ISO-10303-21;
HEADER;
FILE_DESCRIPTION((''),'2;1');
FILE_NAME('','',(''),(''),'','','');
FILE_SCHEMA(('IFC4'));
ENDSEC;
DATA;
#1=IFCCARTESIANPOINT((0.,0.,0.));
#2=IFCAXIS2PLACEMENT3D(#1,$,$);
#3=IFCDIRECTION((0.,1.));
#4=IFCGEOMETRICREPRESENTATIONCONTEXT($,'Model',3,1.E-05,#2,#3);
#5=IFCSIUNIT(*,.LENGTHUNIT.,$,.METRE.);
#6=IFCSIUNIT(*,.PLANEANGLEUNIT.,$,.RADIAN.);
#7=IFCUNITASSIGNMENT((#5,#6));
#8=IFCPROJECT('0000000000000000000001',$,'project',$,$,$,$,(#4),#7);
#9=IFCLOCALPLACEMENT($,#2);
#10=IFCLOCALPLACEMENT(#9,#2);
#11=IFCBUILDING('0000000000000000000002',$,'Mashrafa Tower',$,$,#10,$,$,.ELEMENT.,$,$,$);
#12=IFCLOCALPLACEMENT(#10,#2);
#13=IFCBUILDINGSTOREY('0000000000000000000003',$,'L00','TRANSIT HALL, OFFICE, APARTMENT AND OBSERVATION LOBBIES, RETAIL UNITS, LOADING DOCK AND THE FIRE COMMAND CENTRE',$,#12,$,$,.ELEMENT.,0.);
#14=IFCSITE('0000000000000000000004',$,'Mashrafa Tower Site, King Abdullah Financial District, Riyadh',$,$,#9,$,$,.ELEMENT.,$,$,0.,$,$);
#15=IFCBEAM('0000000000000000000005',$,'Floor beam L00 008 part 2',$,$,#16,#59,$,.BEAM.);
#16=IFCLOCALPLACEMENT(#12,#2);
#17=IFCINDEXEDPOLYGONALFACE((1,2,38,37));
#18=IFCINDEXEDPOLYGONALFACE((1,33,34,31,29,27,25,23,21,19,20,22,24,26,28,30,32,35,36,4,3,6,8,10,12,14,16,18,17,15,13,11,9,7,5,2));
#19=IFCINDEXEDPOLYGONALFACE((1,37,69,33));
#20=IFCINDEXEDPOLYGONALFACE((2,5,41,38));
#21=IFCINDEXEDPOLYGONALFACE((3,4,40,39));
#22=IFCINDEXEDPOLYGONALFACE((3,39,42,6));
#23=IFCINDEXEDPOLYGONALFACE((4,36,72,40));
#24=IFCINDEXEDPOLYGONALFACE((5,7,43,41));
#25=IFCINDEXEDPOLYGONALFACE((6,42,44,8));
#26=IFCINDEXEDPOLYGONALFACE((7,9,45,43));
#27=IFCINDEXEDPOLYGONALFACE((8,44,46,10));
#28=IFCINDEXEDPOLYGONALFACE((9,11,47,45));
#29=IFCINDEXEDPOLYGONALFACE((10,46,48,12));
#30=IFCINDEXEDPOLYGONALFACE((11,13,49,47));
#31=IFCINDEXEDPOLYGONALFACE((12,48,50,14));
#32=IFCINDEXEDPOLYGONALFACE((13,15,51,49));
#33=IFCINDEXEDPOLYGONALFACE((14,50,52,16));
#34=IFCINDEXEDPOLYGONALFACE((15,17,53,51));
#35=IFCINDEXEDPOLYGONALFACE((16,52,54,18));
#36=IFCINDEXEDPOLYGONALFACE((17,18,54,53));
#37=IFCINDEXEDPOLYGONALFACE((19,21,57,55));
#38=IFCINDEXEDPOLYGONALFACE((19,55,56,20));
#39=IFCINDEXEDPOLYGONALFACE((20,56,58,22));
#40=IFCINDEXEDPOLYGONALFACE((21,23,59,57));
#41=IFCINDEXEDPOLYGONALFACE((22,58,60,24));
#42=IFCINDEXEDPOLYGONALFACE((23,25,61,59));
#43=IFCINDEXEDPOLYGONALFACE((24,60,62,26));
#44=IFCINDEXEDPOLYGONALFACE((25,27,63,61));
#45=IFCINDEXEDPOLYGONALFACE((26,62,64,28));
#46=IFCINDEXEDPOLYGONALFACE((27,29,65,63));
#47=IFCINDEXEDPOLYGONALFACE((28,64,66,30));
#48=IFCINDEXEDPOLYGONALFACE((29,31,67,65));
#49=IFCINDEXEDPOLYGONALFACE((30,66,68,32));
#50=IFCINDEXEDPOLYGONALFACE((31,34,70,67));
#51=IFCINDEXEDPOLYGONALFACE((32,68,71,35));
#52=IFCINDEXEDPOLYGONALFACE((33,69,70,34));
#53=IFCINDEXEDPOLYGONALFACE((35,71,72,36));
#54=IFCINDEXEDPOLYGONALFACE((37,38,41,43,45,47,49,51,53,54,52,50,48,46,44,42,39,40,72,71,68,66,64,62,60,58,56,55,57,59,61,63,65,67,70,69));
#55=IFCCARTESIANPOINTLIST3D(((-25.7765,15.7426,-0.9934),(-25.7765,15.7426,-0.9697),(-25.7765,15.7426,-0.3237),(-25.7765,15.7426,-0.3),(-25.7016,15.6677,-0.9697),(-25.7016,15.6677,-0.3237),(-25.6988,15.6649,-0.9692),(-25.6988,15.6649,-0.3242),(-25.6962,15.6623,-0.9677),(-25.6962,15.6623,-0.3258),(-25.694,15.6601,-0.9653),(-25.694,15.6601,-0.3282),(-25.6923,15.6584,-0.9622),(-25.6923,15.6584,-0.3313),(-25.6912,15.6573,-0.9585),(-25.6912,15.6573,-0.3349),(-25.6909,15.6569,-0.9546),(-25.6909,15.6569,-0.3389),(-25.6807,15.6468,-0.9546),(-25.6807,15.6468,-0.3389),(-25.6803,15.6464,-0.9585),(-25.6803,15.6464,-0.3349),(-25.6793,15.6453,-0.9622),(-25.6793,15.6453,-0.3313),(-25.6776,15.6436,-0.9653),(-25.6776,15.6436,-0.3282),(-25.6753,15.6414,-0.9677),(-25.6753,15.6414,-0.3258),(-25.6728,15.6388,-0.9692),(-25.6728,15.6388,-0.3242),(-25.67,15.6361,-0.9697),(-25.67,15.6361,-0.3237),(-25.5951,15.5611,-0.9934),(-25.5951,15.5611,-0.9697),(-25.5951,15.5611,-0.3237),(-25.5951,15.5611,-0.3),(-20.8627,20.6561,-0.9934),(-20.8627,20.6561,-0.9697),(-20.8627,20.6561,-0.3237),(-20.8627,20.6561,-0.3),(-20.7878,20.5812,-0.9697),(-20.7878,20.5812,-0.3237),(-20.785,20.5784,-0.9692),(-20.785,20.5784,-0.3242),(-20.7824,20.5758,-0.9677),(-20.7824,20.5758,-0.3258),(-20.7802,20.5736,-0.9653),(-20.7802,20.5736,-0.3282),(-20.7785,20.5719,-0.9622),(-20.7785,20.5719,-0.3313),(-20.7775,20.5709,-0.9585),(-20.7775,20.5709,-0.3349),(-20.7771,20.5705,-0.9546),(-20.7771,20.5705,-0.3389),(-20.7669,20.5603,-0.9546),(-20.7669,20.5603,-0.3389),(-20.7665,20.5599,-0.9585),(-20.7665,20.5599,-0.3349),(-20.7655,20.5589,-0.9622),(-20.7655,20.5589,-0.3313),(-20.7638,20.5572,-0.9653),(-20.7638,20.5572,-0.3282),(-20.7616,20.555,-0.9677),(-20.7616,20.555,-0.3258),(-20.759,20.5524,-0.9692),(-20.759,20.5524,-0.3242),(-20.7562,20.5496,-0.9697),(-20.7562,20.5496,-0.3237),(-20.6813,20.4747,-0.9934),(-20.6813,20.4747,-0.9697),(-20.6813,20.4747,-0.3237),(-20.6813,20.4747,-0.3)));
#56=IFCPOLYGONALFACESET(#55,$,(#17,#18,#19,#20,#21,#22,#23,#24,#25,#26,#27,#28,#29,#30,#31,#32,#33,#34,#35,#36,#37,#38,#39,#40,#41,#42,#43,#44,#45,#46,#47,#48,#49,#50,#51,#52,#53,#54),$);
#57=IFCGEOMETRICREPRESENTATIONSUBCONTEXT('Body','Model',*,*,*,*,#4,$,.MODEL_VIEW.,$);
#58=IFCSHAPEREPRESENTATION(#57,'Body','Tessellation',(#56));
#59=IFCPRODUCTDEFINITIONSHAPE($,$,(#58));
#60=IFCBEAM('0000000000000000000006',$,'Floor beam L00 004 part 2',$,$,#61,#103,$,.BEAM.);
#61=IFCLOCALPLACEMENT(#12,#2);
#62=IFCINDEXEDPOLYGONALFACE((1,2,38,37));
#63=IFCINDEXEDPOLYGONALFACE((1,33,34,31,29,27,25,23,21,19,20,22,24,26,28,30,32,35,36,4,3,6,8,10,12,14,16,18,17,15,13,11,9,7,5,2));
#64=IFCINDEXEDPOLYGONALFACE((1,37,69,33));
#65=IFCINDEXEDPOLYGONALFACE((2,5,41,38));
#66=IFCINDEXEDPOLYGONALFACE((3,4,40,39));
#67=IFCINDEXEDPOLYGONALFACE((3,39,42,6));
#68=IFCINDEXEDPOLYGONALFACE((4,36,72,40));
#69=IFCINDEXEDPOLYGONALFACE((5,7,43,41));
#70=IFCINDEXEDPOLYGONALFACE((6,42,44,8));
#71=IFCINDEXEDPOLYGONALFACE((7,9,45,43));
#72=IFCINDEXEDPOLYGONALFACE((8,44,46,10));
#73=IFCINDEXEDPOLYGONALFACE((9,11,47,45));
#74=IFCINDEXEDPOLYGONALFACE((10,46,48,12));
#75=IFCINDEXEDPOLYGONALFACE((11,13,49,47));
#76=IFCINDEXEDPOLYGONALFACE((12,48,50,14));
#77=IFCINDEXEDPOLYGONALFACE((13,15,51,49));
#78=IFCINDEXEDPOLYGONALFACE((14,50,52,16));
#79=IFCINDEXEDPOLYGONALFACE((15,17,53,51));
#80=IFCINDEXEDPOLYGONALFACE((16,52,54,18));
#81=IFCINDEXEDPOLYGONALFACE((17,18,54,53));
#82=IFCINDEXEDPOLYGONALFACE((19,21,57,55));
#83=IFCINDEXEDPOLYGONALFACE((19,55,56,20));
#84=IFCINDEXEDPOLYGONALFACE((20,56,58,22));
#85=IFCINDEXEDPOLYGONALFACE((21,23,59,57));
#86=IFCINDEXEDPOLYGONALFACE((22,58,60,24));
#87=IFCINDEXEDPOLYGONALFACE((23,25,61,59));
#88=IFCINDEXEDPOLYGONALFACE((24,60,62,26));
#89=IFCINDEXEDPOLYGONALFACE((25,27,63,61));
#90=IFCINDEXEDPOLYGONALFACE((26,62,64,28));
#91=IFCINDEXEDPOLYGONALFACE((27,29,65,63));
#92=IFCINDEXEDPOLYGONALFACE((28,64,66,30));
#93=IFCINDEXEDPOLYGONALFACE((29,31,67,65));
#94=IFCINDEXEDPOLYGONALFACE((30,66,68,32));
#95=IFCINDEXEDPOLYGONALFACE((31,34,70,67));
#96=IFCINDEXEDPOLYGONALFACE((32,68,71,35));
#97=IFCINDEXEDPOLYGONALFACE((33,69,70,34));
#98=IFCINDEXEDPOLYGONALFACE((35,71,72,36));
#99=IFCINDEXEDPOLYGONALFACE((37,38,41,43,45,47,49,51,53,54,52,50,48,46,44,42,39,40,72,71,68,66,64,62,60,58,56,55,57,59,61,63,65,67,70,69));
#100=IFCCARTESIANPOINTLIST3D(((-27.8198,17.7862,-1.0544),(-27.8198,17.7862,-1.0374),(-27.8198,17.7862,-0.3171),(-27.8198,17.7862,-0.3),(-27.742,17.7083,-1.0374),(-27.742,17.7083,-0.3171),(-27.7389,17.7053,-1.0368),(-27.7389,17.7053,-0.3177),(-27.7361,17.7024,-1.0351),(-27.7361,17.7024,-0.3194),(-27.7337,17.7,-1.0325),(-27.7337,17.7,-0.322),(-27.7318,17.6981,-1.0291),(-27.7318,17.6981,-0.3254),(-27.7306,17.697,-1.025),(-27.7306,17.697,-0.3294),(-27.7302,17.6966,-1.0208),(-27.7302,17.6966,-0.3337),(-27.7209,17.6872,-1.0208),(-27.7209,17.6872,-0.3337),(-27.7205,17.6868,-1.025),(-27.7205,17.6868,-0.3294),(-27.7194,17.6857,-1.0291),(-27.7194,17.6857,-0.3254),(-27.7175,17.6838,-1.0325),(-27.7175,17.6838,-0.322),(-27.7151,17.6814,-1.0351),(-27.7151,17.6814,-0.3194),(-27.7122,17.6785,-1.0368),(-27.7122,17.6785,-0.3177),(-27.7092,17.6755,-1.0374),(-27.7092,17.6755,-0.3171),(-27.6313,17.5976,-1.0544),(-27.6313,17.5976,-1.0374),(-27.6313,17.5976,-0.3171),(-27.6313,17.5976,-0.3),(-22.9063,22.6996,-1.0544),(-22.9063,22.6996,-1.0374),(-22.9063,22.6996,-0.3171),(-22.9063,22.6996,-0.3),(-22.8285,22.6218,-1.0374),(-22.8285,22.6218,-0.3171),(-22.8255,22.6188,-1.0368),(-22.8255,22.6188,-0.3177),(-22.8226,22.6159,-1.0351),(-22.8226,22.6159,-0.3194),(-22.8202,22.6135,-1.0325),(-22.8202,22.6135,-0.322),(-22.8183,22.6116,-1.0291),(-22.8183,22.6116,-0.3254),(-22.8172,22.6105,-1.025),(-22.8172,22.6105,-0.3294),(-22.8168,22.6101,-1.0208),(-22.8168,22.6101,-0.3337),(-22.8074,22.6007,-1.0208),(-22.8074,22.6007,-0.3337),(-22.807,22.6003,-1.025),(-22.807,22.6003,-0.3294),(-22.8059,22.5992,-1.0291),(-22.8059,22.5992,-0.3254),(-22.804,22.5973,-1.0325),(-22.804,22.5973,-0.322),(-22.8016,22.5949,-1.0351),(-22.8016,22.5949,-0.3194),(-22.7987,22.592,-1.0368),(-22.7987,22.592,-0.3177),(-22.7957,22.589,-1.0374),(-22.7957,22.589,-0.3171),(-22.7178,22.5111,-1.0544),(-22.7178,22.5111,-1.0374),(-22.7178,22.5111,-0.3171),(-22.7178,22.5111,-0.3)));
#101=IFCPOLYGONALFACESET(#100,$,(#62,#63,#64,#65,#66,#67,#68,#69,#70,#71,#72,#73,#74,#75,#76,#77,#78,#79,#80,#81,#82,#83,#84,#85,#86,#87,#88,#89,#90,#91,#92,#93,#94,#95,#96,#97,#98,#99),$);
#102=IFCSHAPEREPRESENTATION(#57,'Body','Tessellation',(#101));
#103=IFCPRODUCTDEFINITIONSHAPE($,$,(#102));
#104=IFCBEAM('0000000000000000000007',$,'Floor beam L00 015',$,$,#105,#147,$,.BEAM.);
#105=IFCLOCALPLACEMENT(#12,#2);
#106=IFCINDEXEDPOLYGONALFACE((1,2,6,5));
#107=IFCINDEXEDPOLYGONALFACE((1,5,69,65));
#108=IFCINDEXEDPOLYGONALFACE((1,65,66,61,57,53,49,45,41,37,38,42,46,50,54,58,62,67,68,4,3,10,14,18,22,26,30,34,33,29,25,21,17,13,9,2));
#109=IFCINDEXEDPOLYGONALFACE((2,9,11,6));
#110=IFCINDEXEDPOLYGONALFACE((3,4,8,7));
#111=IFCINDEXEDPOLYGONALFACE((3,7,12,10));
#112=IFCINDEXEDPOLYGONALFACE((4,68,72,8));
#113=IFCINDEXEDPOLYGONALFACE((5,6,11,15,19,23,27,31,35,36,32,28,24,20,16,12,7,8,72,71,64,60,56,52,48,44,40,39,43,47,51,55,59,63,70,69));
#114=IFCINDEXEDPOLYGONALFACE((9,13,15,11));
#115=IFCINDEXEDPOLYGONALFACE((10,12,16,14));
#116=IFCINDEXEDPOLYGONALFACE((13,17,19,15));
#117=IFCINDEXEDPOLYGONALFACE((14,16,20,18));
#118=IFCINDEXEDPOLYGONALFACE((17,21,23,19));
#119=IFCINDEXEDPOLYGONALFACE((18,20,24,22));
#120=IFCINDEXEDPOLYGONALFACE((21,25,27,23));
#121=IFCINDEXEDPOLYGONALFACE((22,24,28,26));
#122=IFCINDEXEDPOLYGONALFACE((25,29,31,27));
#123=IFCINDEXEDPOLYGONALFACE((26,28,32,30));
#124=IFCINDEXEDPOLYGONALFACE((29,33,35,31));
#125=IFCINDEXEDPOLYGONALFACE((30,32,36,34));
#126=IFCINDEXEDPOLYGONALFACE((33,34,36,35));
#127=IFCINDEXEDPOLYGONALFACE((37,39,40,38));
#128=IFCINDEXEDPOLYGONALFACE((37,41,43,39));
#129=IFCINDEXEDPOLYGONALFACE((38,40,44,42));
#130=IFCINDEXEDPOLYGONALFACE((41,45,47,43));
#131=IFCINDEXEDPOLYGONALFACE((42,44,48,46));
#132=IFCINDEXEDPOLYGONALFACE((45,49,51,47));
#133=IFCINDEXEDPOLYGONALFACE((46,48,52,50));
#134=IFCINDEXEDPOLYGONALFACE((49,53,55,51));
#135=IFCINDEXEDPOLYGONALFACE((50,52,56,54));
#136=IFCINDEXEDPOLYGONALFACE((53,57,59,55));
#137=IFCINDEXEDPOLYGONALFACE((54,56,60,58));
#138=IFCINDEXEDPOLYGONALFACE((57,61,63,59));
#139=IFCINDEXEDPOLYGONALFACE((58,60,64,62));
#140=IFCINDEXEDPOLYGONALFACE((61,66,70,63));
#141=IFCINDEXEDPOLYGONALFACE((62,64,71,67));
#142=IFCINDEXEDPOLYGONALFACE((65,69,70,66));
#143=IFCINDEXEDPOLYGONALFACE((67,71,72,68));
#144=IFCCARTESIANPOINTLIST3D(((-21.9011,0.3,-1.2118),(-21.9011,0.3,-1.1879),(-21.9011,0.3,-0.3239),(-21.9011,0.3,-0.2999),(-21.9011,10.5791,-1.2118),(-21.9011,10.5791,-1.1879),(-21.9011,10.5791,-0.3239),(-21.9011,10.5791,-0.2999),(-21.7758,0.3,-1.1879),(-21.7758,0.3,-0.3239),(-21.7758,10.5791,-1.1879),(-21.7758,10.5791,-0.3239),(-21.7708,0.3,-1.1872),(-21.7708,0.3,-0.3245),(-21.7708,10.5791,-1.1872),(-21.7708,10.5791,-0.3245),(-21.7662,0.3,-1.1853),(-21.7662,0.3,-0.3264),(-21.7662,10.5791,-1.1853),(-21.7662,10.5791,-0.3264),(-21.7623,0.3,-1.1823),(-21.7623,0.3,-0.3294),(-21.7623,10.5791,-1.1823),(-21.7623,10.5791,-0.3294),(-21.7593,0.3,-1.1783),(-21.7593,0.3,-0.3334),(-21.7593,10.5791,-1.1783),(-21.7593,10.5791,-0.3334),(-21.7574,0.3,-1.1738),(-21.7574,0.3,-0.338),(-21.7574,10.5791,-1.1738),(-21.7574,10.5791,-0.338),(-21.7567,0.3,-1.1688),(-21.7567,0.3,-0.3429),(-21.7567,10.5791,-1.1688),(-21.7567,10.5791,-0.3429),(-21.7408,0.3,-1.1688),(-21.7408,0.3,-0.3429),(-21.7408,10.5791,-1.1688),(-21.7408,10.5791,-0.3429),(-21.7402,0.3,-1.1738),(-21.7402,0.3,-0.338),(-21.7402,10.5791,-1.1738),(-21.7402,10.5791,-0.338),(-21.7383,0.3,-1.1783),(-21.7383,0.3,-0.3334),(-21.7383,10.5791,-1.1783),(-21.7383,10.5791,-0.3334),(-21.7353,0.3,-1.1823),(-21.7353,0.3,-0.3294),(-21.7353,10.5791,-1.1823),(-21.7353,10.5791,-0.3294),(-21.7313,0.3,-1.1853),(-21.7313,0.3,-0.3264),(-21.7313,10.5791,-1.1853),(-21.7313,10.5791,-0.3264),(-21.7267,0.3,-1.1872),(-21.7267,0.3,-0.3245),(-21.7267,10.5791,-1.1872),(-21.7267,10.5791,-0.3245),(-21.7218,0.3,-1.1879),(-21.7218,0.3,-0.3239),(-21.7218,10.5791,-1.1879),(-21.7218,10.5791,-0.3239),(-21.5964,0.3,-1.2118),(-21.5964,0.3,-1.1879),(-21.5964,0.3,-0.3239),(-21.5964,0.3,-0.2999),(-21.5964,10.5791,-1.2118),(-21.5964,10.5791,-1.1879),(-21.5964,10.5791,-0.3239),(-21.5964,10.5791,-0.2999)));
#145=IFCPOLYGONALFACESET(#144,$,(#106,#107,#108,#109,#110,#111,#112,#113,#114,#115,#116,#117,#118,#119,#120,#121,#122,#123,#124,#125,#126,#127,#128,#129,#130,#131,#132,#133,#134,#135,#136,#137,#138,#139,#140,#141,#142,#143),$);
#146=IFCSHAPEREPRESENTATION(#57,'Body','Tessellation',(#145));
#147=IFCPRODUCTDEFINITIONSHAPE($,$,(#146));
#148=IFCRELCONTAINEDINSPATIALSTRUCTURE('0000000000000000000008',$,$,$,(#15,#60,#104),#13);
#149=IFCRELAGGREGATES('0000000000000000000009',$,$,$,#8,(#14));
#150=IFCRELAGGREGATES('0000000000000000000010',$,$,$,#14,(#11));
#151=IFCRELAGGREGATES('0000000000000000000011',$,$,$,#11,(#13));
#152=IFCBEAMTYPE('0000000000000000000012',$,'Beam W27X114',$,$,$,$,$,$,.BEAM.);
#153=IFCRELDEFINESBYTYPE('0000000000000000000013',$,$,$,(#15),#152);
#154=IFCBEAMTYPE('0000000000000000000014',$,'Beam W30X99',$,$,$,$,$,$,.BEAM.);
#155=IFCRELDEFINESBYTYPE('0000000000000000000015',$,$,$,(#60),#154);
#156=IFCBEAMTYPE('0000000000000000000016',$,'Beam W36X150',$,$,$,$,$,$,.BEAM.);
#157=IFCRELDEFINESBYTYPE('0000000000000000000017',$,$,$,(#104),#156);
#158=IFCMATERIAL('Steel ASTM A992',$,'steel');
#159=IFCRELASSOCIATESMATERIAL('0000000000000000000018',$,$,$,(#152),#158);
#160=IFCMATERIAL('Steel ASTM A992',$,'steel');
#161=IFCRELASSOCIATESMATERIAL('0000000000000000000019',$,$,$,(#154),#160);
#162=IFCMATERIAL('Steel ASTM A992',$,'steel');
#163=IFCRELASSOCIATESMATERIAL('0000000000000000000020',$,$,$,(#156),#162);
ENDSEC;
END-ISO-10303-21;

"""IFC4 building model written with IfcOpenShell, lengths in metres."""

from ifc_helpers import new_model, si_unit, direction, frame, origin, origin_2d, place, context, subcontext, project, spatial, i_section, extrude, material, material_profile, profile_set, type_object, element, save


model = new_model("IFC4")

# Units and contexts
model_context = context("Model", 3, precision=1e-05, world=origin(), true_north=direction((0.0, 1.0)))
body_context = subcontext(model_context, "Body", "Model", "MODEL_VIEW")
ifc_project = project(units=[si_unit("LENGTHUNIT", "METRE"), si_unit("PLANEANGLEUNIT", "RADIAN")], contexts=[model_context])

# Site, building, storey
site_placement = place(None, origin())
site = spatial("IfcSite", under=ifc_project, at=site_placement, Name="Mashrafa Tower Site, King Abdullah Financial District, Riyadh", CompositionType="ELEMENT", RefElevation=0.0)
building_placement = place(site_placement, origin())
building = spatial("IfcBuilding", under=site, at=building_placement, Name="Mashrafa Tower", CompositionType="ELEMENT")
storey_placement = place(building_placement, origin())
storey = spatial("IfcBuildingStorey", under=building, at=storey_placement, Name="L00", Description="TRANSIT HALL, OFFICE, APARTMENT AND OBSERVATION LOBBIES, RETAIL UNITS, LOADING DOCK AND THE FIRE COMMAND CENTRE", CompositionType="ELEMENT", Elevation=0.0)

# Beams
ifc_material_1 = material(Name="Steel ASTM A992", Category="steel")
ifc_material_profile_1 = material_profile(ifc_material_1, i_section(OverallWidth=0.2566, OverallDepth=0.6934, WebThickness=0.0144, FlangeThickness=0.0237, FilletRadius=0.0151, at=origin_2d()), Name="W27X114")
ifc_profile_set_1 = profile_set([ifc_material_profile_1], Name="Steel ASTM A992")
beam_type_1 = type_object("IfcBeamType", Name="Beam W27X114", PredefinedType="BEAM", material=ifc_profile_set_1)
beam_1_placement = place(storey_placement, frame((-25.6858, 15.6519, -0.6467), z_axis=(0.707124, 0.707089, 0.0), x_axis=(-0.707089, 0.707124, 0.0)))
element("IfcBeam", 1, at=beam_1_placement, inside=storey, type_object=beam_type_1, Name="Floor beam L00 008 part 2", PredefinedType="BEAM", context=body_context, shape_type="SweptSolid", body=[
    extrude(i_section(OverallWidth=0.2566, OverallDepth=0.6934, WebThickness=0.0144, FlangeThickness=0.0237, FilletRadius=0.0151, at=origin_2d()), origin(), (0.0, 0.0, 1.0), 6.949),
])
ifc_material_2 = material(Name="Steel ASTM A992", Category="steel")
ifc_material_profile_2 = material_profile(ifc_material_2, i_section(OverallWidth=0.2666, OverallDepth=0.7544, WebThickness=0.0132, FlangeThickness=0.0171, FilletRadius=0.0166, at=origin_2d()), Name="W30X99")
ifc_profile_set_2 = profile_set([ifc_material_profile_2], Name="Steel ASTM A992")
beam_type_2 = type_object("IfcBeamType", Name="Beam W30X99", PredefinedType="BEAM", material=ifc_profile_set_2)
beam_2_placement = place(storey_placement, frame((-27.7256, 17.6919, -0.6772), z_axis=(0.707107, 0.707107, 0.0), x_axis=(-0.707107, 0.707107, 0.0)))
element("IfcBeam", 2, at=beam_2_placement, inside=storey, type_object=beam_type_2, Name="Floor beam L00 004 part 2", PredefinedType="BEAM", context=body_context, shape_type="SweptSolid", body=[
    extrude(i_section(OverallWidth=0.2666, OverallDepth=0.7544, WebThickness=0.0132, FlangeThickness=0.0171, FilletRadius=0.0166, at=origin_2d()), origin(), (0.0, 0.0, 1.0), 6.9487),
])
ifc_material_3 = material(Name="Steel ASTM A992", Category="steel")
ifc_material_profile_3 = material_profile(ifc_material_3, i_section(OverallWidth=0.3047, OverallDepth=0.9119, WebThickness=0.0159, FlangeThickness=0.0239, FilletRadius=0.019, at=origin_2d()), Name="W36X150")
ifc_profile_set_3 = profile_set([ifc_material_profile_3], Name="Steel ASTM A992")
beam_type_3 = type_object("IfcBeamType", Name="Beam W36X150", PredefinedType="BEAM", material=ifc_profile_set_3)
beam_3_placement = place(storey_placement, frame((-21.7488, 0.3, -0.7559), z_axis=(0.0, 1.0, 0.0), x_axis=(-1.0, 0.0, 0.0)))
element("IfcBeam", 3, at=beam_3_placement, inside=storey, type_object=beam_type_3, Name="Floor beam L00 015", PredefinedType="BEAM", context=body_context, shape_type="SweptSolid", body=[
    extrude(i_section(OverallWidth=0.3047, OverallDepth=0.9119, WebThickness=0.0159, FlangeThickness=0.0239, FilletRadius=0.019, at=origin_2d()), origin(), (0.0, 0.0, 1.0), 10.2791),
])

save(model, "model.ifc")
